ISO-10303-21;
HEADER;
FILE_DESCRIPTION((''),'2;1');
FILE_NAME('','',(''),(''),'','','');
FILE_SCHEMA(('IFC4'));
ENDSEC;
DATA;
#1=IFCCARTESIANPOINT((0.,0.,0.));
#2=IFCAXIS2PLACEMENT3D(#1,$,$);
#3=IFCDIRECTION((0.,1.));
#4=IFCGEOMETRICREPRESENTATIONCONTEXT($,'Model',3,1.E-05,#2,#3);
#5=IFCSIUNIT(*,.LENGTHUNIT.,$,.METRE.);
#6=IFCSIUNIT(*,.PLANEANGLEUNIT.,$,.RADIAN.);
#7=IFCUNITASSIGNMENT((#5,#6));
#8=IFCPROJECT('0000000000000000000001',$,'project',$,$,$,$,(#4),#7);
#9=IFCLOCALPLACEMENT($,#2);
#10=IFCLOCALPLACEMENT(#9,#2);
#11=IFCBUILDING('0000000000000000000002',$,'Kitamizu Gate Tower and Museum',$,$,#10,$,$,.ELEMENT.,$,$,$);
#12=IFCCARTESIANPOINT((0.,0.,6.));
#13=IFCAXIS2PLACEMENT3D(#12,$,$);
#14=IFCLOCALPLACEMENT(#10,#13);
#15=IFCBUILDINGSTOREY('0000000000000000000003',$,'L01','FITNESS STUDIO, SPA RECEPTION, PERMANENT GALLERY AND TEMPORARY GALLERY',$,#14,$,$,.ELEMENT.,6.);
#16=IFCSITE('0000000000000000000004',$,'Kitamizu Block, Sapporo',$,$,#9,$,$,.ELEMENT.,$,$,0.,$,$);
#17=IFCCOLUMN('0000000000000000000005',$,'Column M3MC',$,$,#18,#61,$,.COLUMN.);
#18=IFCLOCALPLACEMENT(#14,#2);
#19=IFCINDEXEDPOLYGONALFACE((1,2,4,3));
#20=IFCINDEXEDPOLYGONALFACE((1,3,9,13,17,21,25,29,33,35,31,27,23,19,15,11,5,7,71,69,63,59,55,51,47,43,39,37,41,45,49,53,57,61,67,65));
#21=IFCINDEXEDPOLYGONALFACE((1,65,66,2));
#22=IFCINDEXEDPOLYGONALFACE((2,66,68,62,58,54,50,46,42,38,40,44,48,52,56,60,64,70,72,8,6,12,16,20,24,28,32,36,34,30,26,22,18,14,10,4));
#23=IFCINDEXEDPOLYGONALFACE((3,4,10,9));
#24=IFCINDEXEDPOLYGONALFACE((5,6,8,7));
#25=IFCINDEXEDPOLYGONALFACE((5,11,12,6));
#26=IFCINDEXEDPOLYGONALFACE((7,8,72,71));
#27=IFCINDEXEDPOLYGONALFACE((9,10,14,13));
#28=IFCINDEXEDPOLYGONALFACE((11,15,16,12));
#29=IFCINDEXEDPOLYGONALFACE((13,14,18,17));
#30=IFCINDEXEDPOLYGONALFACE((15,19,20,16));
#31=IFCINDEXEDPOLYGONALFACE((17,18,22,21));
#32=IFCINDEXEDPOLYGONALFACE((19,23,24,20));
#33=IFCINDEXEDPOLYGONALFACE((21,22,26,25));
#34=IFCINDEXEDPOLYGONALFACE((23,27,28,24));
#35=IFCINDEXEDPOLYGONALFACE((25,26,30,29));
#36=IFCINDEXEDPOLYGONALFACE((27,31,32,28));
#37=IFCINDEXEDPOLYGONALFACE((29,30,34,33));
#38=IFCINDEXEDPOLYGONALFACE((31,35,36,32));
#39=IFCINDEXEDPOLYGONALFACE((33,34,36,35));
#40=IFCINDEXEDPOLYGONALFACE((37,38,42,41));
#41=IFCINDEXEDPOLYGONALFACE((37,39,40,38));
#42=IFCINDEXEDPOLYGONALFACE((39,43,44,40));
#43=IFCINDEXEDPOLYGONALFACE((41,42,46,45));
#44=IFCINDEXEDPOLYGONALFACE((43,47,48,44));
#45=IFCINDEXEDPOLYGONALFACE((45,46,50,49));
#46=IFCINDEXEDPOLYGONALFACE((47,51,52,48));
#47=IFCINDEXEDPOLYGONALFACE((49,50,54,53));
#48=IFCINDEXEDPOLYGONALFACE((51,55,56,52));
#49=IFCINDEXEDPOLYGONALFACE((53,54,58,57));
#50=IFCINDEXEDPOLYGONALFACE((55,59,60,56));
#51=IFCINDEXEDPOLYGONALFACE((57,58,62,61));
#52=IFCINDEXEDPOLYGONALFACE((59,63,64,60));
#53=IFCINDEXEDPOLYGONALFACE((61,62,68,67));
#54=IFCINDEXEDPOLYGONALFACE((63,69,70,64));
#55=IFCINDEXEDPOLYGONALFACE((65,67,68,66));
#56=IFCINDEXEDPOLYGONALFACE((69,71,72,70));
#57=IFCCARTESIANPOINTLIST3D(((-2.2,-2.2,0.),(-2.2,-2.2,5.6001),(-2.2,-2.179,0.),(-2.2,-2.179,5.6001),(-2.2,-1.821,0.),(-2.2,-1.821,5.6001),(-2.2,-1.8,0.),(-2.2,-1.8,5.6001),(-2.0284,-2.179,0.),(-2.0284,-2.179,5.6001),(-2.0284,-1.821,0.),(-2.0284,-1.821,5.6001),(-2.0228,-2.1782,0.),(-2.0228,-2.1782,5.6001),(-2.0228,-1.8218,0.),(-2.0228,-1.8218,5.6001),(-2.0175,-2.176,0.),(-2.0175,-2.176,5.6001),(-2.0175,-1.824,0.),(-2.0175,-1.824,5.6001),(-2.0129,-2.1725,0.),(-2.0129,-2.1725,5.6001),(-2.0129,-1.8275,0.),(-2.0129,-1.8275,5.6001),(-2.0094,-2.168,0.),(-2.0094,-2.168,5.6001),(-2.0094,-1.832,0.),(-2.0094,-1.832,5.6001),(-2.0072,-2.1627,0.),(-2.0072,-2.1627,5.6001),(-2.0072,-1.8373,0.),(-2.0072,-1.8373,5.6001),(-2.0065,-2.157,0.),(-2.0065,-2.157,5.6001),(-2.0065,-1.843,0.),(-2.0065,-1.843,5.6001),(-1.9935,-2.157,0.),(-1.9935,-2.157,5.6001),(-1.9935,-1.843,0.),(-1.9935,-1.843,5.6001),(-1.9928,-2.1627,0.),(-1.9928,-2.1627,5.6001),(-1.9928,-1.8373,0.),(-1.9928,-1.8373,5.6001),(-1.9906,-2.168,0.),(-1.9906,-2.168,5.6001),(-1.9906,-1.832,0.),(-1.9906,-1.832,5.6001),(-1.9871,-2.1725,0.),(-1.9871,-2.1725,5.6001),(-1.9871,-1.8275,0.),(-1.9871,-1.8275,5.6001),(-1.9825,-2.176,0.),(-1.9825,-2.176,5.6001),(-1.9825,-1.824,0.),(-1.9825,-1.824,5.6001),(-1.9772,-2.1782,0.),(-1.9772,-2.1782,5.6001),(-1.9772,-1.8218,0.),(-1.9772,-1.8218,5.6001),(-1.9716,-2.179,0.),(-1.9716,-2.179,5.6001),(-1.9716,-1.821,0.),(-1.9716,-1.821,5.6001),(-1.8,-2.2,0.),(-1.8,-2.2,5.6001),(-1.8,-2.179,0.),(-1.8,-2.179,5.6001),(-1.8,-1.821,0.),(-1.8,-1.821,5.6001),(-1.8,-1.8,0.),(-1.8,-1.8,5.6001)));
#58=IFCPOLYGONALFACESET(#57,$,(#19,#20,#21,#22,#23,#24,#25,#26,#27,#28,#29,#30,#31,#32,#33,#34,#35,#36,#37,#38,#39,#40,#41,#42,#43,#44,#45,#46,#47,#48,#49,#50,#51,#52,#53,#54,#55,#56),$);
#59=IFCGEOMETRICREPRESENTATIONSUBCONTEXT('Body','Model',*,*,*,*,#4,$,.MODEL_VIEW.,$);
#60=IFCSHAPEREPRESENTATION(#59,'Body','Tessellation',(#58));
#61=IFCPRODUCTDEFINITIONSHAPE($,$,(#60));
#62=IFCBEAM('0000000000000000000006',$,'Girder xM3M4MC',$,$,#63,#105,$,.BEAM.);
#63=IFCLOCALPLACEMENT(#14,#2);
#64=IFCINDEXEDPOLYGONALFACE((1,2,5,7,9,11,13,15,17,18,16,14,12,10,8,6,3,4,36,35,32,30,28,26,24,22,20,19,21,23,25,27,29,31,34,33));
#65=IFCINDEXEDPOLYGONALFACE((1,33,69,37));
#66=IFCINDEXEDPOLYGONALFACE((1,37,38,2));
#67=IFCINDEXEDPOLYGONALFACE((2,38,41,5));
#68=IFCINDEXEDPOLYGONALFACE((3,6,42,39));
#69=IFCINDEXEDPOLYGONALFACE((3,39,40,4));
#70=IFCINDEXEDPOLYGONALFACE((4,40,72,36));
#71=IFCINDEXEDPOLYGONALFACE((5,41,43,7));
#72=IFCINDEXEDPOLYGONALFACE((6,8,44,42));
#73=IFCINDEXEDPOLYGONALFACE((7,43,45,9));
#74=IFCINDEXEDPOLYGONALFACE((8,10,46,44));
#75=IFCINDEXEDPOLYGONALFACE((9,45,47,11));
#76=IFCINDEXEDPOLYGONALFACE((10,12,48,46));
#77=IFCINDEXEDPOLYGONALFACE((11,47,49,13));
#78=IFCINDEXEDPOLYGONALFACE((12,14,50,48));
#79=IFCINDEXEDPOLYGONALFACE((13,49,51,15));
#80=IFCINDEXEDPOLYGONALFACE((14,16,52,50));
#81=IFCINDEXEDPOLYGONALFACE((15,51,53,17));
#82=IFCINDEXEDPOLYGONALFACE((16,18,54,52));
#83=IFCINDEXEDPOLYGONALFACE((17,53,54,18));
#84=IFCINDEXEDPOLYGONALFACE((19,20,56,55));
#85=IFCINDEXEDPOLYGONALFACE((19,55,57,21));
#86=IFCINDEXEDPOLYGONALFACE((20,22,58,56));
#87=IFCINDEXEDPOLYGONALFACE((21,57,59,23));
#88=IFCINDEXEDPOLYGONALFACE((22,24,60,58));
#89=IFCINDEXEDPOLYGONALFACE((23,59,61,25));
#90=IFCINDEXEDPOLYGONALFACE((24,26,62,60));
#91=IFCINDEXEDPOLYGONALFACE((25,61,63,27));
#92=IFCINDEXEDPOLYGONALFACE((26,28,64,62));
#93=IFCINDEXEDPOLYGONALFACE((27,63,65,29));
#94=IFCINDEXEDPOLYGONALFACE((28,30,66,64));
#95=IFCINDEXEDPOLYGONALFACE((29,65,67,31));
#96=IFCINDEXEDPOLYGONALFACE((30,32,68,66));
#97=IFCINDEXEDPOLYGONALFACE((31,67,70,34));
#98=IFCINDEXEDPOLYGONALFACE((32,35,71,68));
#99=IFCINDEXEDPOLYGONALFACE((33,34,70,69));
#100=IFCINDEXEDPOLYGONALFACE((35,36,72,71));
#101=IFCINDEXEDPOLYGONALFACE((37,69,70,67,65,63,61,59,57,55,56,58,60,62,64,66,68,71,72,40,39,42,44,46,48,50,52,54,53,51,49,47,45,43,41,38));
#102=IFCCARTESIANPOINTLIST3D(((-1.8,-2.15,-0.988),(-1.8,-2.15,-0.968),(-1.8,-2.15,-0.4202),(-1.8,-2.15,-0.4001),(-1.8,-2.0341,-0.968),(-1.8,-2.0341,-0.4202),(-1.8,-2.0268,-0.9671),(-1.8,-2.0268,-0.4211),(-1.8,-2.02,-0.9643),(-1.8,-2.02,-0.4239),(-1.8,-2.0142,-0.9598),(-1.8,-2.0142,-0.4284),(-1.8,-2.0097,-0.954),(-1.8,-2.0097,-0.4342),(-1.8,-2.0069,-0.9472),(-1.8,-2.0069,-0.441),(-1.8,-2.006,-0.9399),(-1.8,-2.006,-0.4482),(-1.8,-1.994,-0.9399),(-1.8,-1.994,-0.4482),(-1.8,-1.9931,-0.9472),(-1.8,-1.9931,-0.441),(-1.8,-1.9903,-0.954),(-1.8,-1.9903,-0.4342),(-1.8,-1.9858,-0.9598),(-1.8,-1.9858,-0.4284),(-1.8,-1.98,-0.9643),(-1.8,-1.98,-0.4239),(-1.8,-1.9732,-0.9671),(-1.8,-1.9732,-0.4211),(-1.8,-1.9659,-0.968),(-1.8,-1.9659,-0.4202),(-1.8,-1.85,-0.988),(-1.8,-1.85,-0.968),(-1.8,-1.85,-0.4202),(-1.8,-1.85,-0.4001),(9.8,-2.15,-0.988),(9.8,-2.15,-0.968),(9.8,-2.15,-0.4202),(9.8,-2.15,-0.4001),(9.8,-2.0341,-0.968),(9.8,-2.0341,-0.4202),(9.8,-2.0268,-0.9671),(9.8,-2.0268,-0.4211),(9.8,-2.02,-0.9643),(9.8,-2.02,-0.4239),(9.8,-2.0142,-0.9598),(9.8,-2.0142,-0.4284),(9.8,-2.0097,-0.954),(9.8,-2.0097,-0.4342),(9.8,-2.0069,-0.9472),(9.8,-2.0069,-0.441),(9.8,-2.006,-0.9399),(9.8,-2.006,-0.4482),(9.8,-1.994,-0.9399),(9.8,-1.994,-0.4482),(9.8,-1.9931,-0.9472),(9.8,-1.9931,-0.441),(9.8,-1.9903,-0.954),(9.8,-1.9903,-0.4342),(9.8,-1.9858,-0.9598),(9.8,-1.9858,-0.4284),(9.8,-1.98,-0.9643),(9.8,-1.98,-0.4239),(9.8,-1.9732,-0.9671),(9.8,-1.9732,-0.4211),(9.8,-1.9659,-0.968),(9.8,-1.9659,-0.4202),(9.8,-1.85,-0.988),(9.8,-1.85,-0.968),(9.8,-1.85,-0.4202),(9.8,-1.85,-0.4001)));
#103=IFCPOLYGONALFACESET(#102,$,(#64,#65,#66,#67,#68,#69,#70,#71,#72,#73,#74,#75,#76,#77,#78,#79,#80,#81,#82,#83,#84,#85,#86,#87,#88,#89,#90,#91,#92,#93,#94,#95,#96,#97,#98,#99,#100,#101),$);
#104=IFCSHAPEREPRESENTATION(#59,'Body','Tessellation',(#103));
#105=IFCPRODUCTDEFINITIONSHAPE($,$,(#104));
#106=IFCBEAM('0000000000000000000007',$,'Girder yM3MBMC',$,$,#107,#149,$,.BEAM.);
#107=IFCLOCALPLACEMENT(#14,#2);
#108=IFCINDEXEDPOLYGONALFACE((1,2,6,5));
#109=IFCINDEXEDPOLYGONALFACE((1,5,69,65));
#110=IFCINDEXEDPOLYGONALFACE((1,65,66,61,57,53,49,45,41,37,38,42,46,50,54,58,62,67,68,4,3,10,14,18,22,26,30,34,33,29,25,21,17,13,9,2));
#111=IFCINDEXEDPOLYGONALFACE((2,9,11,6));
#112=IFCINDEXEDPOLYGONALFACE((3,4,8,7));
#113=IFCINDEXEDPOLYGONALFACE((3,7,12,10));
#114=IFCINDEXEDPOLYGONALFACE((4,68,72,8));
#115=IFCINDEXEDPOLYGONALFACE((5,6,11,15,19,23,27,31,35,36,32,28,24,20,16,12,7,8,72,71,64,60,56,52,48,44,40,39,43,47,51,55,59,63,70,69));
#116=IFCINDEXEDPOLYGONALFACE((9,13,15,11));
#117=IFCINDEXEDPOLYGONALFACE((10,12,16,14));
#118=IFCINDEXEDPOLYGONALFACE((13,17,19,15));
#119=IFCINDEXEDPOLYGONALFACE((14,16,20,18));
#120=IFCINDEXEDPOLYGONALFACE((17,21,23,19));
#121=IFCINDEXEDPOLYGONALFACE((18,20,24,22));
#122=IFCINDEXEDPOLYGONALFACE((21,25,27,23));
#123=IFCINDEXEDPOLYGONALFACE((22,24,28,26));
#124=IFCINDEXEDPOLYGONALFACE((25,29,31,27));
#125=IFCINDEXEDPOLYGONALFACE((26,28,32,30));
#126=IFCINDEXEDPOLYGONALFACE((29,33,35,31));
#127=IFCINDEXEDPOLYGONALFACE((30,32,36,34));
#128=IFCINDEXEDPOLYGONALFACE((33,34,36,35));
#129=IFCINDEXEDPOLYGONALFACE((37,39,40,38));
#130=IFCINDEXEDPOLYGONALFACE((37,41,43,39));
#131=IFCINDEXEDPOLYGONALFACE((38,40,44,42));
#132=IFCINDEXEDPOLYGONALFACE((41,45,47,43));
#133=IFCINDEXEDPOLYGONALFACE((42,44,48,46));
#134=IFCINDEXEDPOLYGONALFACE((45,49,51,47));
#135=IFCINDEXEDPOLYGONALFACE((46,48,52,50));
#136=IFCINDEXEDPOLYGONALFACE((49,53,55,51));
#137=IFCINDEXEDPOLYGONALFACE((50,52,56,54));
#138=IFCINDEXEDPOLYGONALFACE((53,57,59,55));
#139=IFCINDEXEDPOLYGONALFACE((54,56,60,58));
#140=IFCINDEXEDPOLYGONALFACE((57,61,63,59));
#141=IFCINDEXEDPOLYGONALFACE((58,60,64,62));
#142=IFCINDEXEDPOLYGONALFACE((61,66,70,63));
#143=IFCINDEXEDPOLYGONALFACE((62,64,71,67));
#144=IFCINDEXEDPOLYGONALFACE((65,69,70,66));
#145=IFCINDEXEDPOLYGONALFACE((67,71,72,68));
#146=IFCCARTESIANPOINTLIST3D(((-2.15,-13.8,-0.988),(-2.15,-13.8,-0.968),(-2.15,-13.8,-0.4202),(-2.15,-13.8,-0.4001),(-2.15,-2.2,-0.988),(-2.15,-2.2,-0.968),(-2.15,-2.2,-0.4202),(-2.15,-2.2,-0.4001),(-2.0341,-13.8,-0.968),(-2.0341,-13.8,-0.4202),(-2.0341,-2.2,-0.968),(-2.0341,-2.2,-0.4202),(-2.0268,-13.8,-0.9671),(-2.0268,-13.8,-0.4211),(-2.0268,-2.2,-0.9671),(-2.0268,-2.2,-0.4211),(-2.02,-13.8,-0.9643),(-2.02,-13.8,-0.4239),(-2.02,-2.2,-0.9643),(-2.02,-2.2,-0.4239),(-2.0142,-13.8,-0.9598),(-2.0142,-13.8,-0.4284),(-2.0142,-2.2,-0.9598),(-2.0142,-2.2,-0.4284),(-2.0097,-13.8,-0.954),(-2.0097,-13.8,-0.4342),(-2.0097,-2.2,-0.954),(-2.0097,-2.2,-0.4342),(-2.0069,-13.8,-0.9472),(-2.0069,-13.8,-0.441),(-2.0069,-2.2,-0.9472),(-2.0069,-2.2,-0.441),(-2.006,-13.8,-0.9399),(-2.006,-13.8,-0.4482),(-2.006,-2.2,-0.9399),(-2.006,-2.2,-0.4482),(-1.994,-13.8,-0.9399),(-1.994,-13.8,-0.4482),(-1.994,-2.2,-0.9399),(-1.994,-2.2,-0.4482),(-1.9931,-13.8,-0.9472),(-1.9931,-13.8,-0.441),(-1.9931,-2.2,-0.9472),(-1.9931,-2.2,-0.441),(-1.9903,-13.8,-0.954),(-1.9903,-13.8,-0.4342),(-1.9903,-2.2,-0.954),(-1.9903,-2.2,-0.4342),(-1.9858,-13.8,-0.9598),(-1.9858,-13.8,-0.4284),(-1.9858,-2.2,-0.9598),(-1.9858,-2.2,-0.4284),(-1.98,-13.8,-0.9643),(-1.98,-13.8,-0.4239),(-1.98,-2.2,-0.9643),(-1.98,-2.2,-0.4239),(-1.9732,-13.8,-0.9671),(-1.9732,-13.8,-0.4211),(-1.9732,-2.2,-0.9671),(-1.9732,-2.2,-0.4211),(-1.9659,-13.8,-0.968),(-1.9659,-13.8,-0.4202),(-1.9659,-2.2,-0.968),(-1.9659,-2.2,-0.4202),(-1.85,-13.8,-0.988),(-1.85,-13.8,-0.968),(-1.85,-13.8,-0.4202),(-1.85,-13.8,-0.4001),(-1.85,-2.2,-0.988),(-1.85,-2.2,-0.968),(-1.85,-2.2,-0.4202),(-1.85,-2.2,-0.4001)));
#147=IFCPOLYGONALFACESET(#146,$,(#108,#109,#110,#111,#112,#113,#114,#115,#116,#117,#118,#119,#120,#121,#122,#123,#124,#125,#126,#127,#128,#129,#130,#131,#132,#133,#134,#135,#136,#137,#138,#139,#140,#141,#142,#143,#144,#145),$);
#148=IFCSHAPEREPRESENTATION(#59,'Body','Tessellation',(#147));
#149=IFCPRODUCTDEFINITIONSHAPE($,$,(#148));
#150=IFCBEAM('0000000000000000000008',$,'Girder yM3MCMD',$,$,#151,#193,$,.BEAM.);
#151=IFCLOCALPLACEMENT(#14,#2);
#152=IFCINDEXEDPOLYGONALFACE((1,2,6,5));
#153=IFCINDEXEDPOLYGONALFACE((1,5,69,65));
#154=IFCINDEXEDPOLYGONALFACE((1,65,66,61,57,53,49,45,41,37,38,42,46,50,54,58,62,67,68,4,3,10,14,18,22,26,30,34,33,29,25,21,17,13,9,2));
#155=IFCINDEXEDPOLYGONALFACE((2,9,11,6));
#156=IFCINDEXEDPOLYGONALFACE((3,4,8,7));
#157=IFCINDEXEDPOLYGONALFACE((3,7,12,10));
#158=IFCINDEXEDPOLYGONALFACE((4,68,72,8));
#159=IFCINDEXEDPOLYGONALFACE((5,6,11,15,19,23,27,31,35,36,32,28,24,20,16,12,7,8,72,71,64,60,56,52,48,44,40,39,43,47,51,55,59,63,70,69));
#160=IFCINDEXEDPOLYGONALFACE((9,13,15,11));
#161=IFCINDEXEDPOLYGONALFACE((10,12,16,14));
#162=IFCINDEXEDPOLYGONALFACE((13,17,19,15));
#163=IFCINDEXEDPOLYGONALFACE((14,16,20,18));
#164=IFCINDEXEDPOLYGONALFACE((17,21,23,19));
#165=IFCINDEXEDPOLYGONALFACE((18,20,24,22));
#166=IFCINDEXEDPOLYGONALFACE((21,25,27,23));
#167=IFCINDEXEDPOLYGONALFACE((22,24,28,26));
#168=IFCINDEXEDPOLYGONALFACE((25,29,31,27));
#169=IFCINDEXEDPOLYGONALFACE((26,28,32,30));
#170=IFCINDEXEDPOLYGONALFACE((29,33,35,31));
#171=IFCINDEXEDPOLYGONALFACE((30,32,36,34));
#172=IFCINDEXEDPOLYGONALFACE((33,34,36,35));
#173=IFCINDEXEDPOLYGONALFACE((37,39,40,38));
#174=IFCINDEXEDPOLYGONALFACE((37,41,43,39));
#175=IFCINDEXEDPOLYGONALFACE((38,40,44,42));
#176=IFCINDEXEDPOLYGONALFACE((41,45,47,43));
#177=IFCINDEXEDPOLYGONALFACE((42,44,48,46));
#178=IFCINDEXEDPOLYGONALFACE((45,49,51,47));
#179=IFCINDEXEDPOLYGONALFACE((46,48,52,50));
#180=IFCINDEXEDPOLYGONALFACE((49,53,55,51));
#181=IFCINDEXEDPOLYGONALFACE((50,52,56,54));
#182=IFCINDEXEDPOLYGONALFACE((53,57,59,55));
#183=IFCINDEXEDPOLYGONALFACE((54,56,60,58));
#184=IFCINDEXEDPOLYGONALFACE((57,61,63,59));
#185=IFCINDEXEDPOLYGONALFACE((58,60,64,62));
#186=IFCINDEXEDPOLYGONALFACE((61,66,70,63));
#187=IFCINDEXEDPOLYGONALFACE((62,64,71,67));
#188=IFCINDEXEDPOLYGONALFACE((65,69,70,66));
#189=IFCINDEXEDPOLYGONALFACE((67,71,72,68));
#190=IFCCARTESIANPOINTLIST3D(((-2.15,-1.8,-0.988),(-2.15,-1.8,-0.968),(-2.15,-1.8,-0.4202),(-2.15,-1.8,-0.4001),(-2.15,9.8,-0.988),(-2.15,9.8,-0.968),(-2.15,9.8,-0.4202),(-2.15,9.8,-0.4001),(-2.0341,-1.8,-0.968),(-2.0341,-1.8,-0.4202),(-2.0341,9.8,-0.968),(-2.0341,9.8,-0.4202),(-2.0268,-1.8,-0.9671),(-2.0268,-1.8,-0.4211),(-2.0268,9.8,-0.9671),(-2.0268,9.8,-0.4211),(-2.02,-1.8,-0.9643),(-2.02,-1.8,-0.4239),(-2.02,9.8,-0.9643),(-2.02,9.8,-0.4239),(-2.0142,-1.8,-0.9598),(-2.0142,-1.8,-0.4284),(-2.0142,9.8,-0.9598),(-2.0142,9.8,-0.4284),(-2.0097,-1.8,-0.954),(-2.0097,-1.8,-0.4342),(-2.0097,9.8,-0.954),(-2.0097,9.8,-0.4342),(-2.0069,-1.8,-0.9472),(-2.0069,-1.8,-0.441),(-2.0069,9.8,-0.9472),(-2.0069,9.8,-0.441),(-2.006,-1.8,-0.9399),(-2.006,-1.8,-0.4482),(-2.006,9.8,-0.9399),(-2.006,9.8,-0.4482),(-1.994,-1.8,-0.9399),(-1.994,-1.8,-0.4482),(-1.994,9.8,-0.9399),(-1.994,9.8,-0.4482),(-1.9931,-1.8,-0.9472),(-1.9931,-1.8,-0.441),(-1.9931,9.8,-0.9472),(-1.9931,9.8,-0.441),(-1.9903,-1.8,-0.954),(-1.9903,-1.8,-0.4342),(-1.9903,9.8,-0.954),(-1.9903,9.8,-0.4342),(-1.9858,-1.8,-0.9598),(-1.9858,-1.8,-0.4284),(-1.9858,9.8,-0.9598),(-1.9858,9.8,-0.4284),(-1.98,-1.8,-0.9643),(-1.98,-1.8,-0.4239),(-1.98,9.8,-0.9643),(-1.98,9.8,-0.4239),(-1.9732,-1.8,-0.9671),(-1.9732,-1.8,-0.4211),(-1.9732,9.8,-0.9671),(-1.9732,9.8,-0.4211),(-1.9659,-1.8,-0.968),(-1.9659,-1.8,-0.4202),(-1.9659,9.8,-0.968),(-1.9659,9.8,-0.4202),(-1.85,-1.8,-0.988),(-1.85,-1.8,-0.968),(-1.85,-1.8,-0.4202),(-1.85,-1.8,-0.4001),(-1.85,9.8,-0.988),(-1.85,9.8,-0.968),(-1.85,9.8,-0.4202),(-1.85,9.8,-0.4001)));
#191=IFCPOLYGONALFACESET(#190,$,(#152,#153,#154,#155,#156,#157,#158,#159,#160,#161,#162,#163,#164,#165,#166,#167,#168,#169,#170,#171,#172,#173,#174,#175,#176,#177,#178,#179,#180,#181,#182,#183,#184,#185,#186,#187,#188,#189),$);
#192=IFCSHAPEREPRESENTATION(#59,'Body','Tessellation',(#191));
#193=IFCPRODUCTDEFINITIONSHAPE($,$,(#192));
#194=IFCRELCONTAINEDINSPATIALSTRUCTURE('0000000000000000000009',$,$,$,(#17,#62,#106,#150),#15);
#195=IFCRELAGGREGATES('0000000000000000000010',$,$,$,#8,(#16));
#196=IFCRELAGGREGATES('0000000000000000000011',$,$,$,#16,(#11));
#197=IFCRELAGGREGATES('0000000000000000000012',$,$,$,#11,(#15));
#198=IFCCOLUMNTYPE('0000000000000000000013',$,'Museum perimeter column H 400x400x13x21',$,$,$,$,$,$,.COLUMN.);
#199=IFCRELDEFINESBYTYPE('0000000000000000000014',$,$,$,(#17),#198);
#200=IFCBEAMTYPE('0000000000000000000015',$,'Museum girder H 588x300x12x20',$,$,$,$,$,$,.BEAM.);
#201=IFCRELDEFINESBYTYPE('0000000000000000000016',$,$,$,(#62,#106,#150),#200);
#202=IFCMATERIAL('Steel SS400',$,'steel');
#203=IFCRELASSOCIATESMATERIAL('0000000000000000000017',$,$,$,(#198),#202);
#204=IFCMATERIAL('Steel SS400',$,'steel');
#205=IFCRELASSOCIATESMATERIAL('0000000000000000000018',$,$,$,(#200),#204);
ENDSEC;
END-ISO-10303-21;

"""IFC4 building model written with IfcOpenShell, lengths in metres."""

from ifc_helpers import new_model, si_unit, direction, frame, origin, origin_2d, place, context, subcontext, project, spatial, i_section, extrude, material, material_profile, profile_set, type_object, element, save


model = new_model("IFC4")

# Units and contexts
model_context = context("Model", 3, precision=1e-05, world=origin(), true_north=direction((0.0, 1.0)))
body_context = subcontext(model_context, "Body", "Model", "MODEL_VIEW")
ifc_project = project(units=[si_unit("LENGTHUNIT", "METRE"), si_unit("PLANEANGLEUNIT", "RADIAN")], contexts=[model_context])

# Site, building, storey
site_placement = place(None, origin())
site = spatial("IfcSite", under=ifc_project, at=site_placement, Name="Kitamizu Block, Sapporo", CompositionType="ELEMENT", RefElevation=0.0)
building_placement = place(site_placement, origin())
building = spatial("IfcBuilding", under=site, at=building_placement, Name="Kitamizu Gate Tower and Museum", CompositionType="ELEMENT")
storey_placement = place(building_placement, frame((0.0, 0.0, 6.0)))
storey = spatial("IfcBuildingStorey", under=building, at=storey_placement, Name="L01", Description="FITNESS STUDIO, SPA RECEPTION, PERMANENT GALLERY AND TEMPORARY GALLERY", CompositionType="ELEMENT", Elevation=6.0)

# Column
ifc_material_1 = material(Name="Steel SS400", Category="steel")
ifc_material_profile_1 = material_profile(ifc_material_1, i_section(OverallWidth=0.3999, OverallDepth=0.3999, WebThickness=0.0129, FlangeThickness=0.021, FilletRadius=0.022, at=origin_2d()), Name="H-400x400x13x21")
ifc_profile_set_1 = profile_set([ifc_material_profile_1], Name="Steel SS400")
column_type = type_object("IfcColumnType", Name="Museum perimeter column H 400x400x13x21", PredefinedType="COLUMN", material=ifc_profile_set_1)
column_placement = place(storey_placement, frame((-2.0, -2.0, 0.0), z_axis=(0.0, 0.0, 1.0), x_axis=(1.0, 0.0, 0.0)))
element("IfcColumn", 1, at=column_placement, inside=storey, type_object=column_type, Name="Column M3MC", PredefinedType="COLUMN", context=body_context, shape_type="SweptSolid", body=[
    extrude(i_section(OverallWidth=0.3999, OverallDepth=0.3999, WebThickness=0.0129, FlangeThickness=0.021, FilletRadius=0.022, at=origin_2d()), origin(), (0.0, 0.0, 1.0), 5.6001),
])

# Beams
ifc_material_2 = material(Name="Steel SS400", Category="steel")
ifc_material_profile_2 = material_profile(ifc_material_2, i_section(OverallWidth=0.3, OverallDepth=0.5879, WebThickness=0.012, FlangeThickness=0.02, FilletRadius=0.0281, at=origin_2d()), Name="H-588x300x12x20")
ifc_profile_set_2 = profile_set([ifc_material_profile_2], Name="Steel SS400")
beam_type_1 = type_object("IfcBeamType", Name="Museum girder H 588x300x12x20", PredefinedType="BEAM", material=ifc_profile_set_2)
for number, where, z_axis, x_axis, name in (
    (2, (-1.8, -2.0, -0.6941), (1.0, 0.0, 0.0), (0.0, 1.0, 0.0), "Girder xM3M4MC"),
    (3, (-2.0, -13.8, -0.6941), (0.0, 1.0, 0.0), (-1.0, 0.0, 0.0), "Girder yM3MBMC"),
    (4, (-2.0, -1.8, -0.6941), (0.0, 1.0, 0.0), (-1.0, 0.0, 0.0), "Girder yM3MCMD"),
):
    element("IfcBeam", number, at=place(storey_placement, frame(where, z_axis=z_axis, x_axis=x_axis)), inside=storey, type_object=beam_type_1, Name=name, PredefinedType="BEAM", context=body_context, shape_type="SweptSolid", body=[
        extrude(i_section(OverallWidth=0.3, OverallDepth=0.5879, WebThickness=0.012, FlangeThickness=0.02, FilletRadius=0.0281, at=origin_2d()), origin(), (0.0, 0.0, 1.0), 11.6001),
    ])

save(model, "model.ifc")
